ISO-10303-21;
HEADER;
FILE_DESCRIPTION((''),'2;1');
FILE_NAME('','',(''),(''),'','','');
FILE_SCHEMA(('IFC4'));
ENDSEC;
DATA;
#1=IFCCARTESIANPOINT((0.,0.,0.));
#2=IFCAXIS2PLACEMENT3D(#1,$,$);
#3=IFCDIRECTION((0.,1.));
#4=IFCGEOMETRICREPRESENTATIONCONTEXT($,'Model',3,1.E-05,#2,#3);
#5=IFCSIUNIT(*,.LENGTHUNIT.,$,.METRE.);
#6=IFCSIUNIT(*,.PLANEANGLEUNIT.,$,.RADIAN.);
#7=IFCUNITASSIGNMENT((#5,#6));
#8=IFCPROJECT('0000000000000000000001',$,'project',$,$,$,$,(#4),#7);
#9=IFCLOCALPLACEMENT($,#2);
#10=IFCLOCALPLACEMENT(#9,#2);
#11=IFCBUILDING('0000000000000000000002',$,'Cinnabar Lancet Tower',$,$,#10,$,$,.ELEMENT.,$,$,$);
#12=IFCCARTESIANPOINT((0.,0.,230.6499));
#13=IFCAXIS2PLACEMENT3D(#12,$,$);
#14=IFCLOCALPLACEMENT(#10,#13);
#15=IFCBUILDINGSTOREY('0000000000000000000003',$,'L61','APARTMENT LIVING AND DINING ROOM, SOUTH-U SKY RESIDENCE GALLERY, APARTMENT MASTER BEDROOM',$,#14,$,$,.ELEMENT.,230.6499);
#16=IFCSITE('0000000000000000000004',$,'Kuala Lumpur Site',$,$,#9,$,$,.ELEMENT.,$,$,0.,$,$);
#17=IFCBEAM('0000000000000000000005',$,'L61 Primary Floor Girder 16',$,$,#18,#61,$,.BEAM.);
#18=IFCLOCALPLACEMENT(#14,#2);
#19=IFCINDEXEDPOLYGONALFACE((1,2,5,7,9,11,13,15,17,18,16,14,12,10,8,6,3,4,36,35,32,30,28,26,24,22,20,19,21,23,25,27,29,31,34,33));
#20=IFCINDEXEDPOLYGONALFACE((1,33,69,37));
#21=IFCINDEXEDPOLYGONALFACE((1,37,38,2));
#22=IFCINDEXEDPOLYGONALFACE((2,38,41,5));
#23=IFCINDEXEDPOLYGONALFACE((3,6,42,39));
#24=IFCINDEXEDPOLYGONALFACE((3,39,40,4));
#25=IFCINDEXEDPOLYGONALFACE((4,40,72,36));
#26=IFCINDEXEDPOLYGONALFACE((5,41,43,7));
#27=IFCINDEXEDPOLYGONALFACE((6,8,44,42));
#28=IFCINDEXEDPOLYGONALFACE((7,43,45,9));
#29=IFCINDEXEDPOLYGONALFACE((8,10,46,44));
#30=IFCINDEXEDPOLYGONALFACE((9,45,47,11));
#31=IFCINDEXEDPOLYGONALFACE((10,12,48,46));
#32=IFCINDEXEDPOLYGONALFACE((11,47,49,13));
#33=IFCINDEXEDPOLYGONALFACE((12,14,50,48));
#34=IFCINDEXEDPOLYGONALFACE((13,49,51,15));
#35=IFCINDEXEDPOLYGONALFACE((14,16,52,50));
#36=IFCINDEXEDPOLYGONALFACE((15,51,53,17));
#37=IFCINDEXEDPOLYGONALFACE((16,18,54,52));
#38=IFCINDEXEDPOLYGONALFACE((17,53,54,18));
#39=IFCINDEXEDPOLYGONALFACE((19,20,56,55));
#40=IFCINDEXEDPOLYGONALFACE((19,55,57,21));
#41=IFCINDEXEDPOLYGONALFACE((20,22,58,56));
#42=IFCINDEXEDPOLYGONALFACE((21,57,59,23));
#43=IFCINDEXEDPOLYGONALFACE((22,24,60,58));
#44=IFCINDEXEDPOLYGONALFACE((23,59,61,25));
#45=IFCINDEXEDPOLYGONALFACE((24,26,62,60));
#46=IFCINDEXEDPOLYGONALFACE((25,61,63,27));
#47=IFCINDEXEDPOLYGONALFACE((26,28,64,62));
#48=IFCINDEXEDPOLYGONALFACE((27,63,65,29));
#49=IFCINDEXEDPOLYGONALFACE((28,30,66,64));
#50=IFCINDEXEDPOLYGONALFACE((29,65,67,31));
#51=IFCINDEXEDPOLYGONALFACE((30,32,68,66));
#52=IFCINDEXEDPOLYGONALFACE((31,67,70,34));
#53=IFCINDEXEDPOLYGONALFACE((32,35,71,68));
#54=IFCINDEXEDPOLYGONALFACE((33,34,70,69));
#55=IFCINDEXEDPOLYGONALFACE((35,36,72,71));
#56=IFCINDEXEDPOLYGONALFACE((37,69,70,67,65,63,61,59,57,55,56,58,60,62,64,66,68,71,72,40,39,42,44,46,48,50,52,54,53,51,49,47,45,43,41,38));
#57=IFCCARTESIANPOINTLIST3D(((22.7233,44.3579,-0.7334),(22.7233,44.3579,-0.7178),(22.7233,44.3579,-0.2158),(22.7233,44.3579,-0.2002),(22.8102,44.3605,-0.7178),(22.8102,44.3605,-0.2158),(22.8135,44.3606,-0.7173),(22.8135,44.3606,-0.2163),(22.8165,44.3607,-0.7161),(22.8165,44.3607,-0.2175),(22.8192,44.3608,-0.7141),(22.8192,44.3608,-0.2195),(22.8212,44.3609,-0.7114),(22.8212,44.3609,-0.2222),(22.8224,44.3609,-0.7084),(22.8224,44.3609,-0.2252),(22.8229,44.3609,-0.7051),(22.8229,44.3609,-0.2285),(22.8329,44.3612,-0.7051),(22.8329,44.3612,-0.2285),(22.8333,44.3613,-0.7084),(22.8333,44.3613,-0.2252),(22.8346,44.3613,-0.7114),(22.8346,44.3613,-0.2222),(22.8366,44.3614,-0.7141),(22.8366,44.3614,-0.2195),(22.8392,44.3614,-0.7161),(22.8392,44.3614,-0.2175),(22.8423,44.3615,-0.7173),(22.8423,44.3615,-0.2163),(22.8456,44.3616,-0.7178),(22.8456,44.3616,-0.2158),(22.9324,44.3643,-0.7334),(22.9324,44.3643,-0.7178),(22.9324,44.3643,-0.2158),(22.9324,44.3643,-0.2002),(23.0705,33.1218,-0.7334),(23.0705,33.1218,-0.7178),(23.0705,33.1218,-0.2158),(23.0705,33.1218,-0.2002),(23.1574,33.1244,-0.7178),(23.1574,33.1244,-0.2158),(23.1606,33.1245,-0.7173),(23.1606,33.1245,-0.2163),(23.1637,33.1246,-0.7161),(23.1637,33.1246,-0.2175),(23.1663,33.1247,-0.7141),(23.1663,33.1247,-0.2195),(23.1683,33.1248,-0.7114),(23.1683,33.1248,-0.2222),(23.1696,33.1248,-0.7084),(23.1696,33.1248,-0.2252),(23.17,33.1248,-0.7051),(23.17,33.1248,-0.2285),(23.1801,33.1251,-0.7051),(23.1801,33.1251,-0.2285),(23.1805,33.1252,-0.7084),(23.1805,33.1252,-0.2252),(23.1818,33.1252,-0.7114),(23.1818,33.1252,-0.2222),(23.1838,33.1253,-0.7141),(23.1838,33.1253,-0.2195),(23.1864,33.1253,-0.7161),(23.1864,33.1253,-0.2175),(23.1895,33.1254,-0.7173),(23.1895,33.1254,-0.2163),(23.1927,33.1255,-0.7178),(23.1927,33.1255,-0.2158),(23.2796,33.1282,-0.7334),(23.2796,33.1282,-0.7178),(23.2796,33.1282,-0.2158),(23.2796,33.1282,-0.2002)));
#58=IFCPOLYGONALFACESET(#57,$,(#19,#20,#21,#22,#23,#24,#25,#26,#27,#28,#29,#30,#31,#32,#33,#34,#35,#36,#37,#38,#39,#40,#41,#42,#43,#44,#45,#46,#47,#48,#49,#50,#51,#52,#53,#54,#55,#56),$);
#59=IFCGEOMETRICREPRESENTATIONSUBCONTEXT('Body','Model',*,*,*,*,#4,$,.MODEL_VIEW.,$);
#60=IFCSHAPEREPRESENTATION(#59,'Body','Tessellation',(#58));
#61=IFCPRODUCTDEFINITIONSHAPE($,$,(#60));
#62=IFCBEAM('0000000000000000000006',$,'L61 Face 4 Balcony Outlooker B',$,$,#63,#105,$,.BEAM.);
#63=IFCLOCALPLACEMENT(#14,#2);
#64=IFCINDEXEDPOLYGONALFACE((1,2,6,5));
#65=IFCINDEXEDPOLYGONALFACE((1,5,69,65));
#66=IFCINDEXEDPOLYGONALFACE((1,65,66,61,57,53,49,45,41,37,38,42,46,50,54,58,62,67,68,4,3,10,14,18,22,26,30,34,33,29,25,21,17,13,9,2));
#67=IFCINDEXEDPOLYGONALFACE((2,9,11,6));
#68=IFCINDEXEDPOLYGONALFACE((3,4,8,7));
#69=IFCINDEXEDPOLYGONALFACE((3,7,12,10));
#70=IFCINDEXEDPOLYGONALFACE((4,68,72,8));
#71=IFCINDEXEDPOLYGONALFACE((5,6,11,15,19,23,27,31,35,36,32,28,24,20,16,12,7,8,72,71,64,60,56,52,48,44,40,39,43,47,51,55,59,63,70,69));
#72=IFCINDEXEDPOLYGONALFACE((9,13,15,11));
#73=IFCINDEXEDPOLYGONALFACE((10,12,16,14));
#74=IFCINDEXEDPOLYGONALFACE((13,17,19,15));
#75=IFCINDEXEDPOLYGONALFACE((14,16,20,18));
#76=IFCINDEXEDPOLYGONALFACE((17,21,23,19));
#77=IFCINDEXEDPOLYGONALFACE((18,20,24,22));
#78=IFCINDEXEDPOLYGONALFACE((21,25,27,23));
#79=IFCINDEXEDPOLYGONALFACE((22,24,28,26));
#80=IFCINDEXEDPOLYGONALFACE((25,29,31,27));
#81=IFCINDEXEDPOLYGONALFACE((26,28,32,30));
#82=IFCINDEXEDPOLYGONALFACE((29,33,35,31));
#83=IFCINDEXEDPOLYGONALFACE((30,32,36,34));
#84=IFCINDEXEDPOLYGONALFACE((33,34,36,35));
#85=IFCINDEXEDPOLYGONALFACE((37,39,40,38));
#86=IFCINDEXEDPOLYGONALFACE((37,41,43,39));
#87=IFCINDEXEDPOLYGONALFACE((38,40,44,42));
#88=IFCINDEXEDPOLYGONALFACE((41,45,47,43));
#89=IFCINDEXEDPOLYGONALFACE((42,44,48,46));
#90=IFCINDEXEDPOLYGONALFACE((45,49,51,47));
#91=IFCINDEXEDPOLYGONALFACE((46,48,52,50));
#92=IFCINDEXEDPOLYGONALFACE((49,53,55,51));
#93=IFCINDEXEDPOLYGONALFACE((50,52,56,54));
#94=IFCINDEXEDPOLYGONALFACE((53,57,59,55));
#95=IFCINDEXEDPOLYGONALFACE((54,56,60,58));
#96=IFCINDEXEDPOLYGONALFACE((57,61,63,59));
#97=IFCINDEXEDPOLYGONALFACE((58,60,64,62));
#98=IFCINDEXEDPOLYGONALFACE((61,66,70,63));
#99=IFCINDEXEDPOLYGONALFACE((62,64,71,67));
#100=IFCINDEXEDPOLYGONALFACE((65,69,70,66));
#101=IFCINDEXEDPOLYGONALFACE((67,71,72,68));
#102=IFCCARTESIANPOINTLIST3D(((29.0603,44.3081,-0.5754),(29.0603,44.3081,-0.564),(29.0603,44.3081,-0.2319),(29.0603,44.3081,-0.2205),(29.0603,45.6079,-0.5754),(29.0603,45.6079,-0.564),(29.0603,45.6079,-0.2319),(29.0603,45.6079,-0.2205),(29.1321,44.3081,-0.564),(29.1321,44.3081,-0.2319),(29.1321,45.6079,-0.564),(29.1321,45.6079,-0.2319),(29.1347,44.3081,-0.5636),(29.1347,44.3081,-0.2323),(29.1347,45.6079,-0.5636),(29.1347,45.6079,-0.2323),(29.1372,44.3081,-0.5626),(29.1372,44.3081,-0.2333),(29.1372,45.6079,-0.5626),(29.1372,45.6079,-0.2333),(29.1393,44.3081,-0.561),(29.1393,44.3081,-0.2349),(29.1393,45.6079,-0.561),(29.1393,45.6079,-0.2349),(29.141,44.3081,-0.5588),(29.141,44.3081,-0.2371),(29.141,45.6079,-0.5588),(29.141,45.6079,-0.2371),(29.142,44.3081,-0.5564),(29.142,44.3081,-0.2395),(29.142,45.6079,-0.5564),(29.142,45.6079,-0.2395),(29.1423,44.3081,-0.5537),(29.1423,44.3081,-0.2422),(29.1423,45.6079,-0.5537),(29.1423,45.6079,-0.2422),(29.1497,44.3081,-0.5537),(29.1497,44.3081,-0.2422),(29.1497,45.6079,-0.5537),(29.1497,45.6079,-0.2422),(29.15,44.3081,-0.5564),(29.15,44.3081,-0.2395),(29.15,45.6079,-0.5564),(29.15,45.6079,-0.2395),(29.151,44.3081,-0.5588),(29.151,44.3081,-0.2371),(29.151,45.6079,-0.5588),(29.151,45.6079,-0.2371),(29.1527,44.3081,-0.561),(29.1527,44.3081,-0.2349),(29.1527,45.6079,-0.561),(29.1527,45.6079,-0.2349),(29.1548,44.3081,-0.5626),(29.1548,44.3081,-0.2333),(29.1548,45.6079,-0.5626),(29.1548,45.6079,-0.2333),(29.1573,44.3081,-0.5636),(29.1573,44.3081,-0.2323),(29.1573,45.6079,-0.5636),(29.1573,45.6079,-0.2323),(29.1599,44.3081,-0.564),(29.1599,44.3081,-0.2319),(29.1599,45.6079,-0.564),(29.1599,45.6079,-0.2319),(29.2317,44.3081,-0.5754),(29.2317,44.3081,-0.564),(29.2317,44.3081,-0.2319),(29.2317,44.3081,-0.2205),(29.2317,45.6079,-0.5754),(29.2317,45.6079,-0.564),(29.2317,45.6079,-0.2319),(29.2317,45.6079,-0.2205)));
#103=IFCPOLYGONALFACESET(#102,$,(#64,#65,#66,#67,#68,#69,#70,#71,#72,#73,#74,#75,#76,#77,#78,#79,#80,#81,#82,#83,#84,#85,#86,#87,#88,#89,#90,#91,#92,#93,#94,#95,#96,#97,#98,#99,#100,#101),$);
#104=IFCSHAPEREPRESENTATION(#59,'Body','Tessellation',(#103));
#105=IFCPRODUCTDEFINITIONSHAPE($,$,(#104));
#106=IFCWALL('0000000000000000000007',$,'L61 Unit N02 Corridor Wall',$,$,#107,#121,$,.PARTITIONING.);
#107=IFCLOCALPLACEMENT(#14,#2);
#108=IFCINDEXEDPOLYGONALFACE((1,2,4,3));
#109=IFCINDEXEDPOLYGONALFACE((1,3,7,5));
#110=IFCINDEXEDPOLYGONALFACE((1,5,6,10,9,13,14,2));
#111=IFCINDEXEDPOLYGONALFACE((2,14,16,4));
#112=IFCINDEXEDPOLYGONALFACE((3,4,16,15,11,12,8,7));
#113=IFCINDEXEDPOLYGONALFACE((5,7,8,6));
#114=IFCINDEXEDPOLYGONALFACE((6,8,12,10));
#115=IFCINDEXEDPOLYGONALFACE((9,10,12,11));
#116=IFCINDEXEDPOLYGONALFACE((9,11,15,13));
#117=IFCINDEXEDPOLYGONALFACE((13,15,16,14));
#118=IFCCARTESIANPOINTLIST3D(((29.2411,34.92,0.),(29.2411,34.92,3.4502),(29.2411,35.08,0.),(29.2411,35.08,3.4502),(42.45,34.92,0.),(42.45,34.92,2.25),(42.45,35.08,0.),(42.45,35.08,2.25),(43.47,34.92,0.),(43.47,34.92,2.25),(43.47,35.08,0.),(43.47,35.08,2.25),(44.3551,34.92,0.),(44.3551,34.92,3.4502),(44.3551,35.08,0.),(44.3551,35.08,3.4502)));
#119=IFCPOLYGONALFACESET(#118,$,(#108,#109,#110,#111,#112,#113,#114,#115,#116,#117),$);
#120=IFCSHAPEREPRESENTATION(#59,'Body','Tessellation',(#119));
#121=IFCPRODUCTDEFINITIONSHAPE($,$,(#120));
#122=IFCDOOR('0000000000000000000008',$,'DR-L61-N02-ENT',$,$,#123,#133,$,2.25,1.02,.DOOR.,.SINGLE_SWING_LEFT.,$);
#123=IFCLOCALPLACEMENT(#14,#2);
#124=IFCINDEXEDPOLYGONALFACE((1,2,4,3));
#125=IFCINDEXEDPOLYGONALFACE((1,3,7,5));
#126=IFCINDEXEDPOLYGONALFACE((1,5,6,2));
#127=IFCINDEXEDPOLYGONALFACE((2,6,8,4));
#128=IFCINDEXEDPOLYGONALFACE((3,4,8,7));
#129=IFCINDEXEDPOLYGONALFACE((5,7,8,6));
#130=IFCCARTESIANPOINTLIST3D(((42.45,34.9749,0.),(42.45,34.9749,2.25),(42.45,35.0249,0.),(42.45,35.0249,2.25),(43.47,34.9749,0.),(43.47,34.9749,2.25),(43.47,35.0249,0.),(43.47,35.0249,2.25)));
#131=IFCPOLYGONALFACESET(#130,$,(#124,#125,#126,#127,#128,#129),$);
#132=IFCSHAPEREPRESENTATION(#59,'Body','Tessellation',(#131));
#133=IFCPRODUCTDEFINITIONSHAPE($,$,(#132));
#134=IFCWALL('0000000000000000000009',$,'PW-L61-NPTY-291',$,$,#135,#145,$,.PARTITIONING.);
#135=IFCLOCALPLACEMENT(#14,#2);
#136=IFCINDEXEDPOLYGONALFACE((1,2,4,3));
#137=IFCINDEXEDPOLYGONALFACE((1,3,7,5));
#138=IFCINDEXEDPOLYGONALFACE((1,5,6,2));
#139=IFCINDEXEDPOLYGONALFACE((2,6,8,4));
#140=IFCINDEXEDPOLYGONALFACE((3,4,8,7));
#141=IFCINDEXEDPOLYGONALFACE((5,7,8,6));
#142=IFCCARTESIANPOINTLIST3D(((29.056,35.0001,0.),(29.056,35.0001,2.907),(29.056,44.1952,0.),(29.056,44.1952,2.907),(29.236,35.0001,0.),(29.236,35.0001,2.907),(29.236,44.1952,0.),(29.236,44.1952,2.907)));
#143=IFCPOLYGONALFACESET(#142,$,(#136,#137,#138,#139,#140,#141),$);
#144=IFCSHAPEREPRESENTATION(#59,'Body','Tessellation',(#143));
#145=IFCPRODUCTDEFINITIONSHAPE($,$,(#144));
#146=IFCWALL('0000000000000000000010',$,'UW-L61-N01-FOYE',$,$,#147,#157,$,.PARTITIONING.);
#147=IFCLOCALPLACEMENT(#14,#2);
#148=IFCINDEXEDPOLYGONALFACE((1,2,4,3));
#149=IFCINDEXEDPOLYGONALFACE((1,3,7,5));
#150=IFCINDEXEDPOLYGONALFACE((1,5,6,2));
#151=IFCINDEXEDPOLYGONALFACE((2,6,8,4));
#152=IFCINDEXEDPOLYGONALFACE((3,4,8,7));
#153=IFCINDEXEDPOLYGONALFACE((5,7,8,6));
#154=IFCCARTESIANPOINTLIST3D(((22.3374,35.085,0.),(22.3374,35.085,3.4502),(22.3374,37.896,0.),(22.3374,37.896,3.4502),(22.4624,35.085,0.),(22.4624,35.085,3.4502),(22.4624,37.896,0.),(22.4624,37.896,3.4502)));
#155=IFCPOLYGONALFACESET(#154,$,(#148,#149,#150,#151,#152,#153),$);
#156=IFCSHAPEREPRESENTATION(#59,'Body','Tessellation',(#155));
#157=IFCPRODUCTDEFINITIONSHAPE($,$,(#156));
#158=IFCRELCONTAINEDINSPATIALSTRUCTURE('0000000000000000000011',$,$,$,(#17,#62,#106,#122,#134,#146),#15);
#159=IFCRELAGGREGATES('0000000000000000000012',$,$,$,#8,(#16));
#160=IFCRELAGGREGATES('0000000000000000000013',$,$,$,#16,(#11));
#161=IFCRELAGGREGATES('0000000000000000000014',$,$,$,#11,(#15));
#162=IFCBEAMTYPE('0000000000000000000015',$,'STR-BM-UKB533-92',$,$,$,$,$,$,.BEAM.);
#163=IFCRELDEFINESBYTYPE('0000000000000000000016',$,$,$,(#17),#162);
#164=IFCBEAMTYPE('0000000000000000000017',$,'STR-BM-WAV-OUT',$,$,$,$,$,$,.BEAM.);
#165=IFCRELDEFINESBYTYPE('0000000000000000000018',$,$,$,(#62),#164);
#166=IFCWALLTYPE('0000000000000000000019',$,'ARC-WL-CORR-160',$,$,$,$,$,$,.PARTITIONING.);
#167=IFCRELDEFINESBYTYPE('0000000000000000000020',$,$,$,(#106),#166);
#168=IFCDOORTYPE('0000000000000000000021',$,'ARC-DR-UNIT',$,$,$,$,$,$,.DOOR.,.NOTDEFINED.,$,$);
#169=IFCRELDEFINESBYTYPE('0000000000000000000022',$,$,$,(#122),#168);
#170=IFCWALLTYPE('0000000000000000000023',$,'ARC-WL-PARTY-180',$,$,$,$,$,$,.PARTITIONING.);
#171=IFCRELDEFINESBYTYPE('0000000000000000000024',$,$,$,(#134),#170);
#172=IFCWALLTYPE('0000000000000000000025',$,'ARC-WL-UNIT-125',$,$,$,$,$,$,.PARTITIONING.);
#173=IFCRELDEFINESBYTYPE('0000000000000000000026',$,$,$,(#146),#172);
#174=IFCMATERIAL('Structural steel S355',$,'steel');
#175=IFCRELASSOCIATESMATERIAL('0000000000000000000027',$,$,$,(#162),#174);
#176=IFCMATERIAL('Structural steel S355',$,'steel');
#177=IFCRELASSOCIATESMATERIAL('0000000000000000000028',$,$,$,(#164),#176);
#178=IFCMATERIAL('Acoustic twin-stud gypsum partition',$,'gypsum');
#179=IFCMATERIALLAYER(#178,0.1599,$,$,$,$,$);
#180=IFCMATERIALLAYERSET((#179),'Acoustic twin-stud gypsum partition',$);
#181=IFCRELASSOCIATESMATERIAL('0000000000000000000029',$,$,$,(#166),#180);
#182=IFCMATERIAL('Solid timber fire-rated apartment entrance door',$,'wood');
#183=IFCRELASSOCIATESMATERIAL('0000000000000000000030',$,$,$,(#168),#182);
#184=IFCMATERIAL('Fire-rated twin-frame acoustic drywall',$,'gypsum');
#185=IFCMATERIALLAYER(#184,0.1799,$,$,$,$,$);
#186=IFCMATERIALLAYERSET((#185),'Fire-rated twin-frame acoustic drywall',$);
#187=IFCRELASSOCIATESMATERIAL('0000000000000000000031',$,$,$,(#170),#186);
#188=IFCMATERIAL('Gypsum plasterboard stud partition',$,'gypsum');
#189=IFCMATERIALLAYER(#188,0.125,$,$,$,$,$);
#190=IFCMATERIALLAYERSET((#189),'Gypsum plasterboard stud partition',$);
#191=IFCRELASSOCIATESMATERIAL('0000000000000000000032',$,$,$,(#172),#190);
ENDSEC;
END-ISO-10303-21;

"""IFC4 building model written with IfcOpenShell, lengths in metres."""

from ifc_helpers import new_model, si_unit, direction, frame, frame_2d, origin, origin_2d, place, context, subcontext, project, spatial, rectangle, i_section, extrude, material, layer, layer_set, material_profile, profile_set, type_object, element, fill, save


model = new_model("IFC4")

# Units and contexts
model_context = context("Model", 3, precision=1e-05, world=origin(), true_north=direction((0.0, 1.0)))
body_context = subcontext(model_context, "Body", "Model", "MODEL_VIEW")
ifc_project = project(units=[si_unit("LENGTHUNIT", "METRE"), si_unit("PLANEANGLEUNIT", "RADIAN")], contexts=[model_context])

# Site, building, storey
site_placement = place(None, origin())
site = spatial("IfcSite", under=ifc_project, at=site_placement, Name="Kuala Lumpur Site", CompositionType="ELEMENT", RefElevation=0.0)
building_placement = place(site_placement, origin())
building = spatial("IfcBuilding", under=site, at=building_placement, Name="Cinnabar Lancet Tower", CompositionType="ELEMENT")
storey_placement = place(building_placement, frame((0.0, 0.0, 230.6499)))
storey = spatial("IfcBuildingStorey", under=building, at=storey_placement, Name="L61", Description="APARTMENT LIVING AND DINING ROOM, SOUTH-U SKY RESIDENCE GALLERY, APARTMENT MASTER BEDROOM", CompositionType="ELEMENT", Elevation=230.6499)

# Beams
ifc_material_1 = material(Name="Structural steel S355", Category="steel")
ifc_material_profile_1 = material_profile(ifc_material_1, i_section(OverallWidth=0.2092, OverallDepth=0.5332, WebThickness=0.01, FlangeThickness=0.0156, FilletRadius=0.0127, at=origin_2d()), Name="UKB 533x210x92")
ifc_profile_set_1 = profile_set([ifc_material_profile_1], Name="Structural steel S355")
beam_type_1 = type_object("IfcBeamType", Name="STR-BM-UKB533-92", PredefinedType="BEAM", material=ifc_profile_set_1)
beam_1_placement = place(storey_placement, frame((22.8279, 44.3611, -0.4668), z_axis=(0.030883, -0.999523, 0.0), x_axis=(0.999523, 0.030883, 0.0)))
element("IfcBeam", 1, at=beam_1_placement, inside=storey, type_object=beam_type_1, Name="L61 Primary Floor Girder 16", PredefinedType="BEAM", context=body_context, shape_type="SweptSolid", body=[
    extrude(i_section(OverallWidth=0.2092, OverallDepth=0.5332, WebThickness=0.01, FlangeThickness=0.0156, FilletRadius=0.0127, at=origin_2d()), origin(), (0.0, 0.0, 1.0), 11.2415),
])
ifc_material_2 = material(Name="Structural steel S355", Category="steel")
ifc_material_profile_2 = material_profile(ifc_material_2, i_section(OverallWidth=0.1714, OverallDepth=0.355, WebThickness=0.0073, FlangeThickness=0.0115, FilletRadius=0.0103, at=origin_2d()), Name="UKB 356x171x51")
ifc_profile_set_2 = profile_set([ifc_material_profile_2], Name="Structural steel S355")
beam_type_2 = type_object("IfcBeamType", Name="STR-BM-WAV-OUT", PredefinedType="BEAM", material=ifc_profile_set_2)
beam_2_placement = place(storey_placement, frame((29.146, 44.3081, -0.3979), z_axis=(0.0, 1.0, 0.0), x_axis=(-1.0, 0.0, 0.0)))
element("IfcBeam", 2, at=beam_2_placement, inside=storey, type_object=beam_type_2, Name="L61 Face 4 Balcony Outlooker B", PredefinedType="BEAM", context=body_context, shape_type="SweptSolid", body=[
    extrude(i_section(OverallWidth=0.1714, OverallDepth=0.355, WebThickness=0.0073, FlangeThickness=0.0115, FilletRadius=0.0103, at=origin_2d()), origin(), (0.0, 0.0, 1.0), 1.2998),
])

# Wall, opening, door
ifc_material_3 = material(Name="Acoustic twin-stud gypsum partition", Category="gypsum")
ifc_layer_1 = layer(ifc_material_3, 0.1599)
ifc_layer_set_1 = layer_set([ifc_layer_1], Name="Acoustic twin-stud gypsum partition")
wall_type_1 = type_object("IfcWallType", Name="ARC-WL-CORR-160", PredefinedType="PARTITIONING", material=ifc_layer_set_1)
wall_1_placement = place(storey_placement, frame((29.241, 35.0, 0.0), z_axis=(0.0, 0.0, 1.0), x_axis=(1.0, 0.0, 0.0)))
wall_1 = element("IfcWall", 3, at=wall_1_placement, inside=storey, type_object=wall_type_1, Name="L61 Unit N02 Corridor Wall", PredefinedType="PARTITIONING", context=body_context, shape_type="SweptSolid", body=[
    extrude(rectangle(XDim=15.114, YDim=0.1599, at=frame_2d((7.5571, 0.0))), origin(), (0.0, 0.0, 1.0), 3.4502),
])
opening_1_placement = place(wall_1_placement, frame((13.209, 0.0, 0.0)))
opening_1 = element("IfcOpeningElement", 4, at=opening_1_placement, cuts=wall_1, PredefinedType="OPENING", context=body_context, shape_type="SweptSolid", body=[
    extrude(rectangle(XDim=1.02, YDim=2.25, at=frame_2d((0.51, 1.125))), frame((0.0, 0.0898, 0.0), z_axis=(0.0, -1.0, 0.0), x_axis=(1.0, 0.0, 0.0)), (0.0, 0.0, 1.0), 0.1799),
])
ifc_material_4 = material(Name="Solid timber fire-rated apartment entrance door", Category="wood")
door_type_1 = type_object("IfcDoorType", Name="ARC-DR-UNIT", OperationType="NOTDEFINED", PredefinedType="DOOR", material=ifc_material_4)
door_1_placement = place(opening_1_placement, origin())
door_1 = element("IfcDoor", 5, at=door_1_placement, inside=storey, type_object=door_type_1, Name="DR-L61-N02-ENT", OperationType="SINGLE_SWING_LEFT", OverallHeight=2.25, OverallWidth=1.02, PredefinedType="DOOR", context=body_context, shape_type="SweptSolid", body=[
    extrude(rectangle(XDim=1.02, YDim=2.25, at=frame_2d((0.51, 1.125))), frame((0.0, 0.0249, 0.0), z_axis=(0.0, -1.0, 0.0), x_axis=(1.0, 0.0, 0.0)), (0.0, 0.0, 1.0), 0.05),
])
fill(opening_1, door_1)

# Walls
ifc_material_5 = material(Name="Fire-rated twin-frame acoustic drywall", Category="gypsum")
ifc_layer_2 = layer(ifc_material_5, 0.1799)
ifc_layer_set_2 = layer_set([ifc_layer_2], Name="Fire-rated twin-frame acoustic drywall")
wall_type_2 = type_object("IfcWallType", Name="ARC-WL-PARTY-180", PredefinedType="PARTITIONING", material=ifc_layer_set_2)
wall_2_placement = place(storey_placement, frame((29.146, 35.0, 0.0), z_axis=(0.0, 0.0, 1.0), x_axis=(0.0, 1.0, 0.0)))
element("IfcWall", 6, at=wall_2_placement, inside=storey, type_object=wall_type_2, Name="PW-L61-NPTY-291", PredefinedType="PARTITIONING", context=body_context, shape_type="SweptSolid", body=[
    extrude(rectangle(XDim=9.1951, YDim=0.1799, at=frame_2d((4.5977, 0.0))), origin(), (0.0, 0.0, 1.0), 2.907),
])
ifc_material_6 = material(Name="Gypsum plasterboard stud partition", Category="gypsum")
ifc_layer_3 = layer(ifc_material_6, 0.125)
ifc_layer_set_3 = layer_set([ifc_layer_3], Name="Gypsum plasterboard stud partition")
wall_type_3 = type_object("IfcWallType", Name="ARC-WL-UNIT-125", PredefinedType="PARTITIONING", material=ifc_layer_set_3)
wall_3_placement = place(storey_placement, frame((22.3999, 35.085, 0.0), z_axis=(0.0, 0.0, 1.0), x_axis=(0.0, 1.0, 0.0)))
element("IfcWall", 7, at=wall_3_placement, inside=storey, type_object=wall_type_3, Name="UW-L61-N01-FOYE", PredefinedType="PARTITIONING", context=body_context, shape_type="SweptSolid", body=[
    extrude(rectangle(XDim=2.811, YDim=0.125, at=frame_2d((1.4055, 0.0))), origin(), (0.0, 0.0, 1.0), 3.4502),
])

save(model, "model.ifc")
